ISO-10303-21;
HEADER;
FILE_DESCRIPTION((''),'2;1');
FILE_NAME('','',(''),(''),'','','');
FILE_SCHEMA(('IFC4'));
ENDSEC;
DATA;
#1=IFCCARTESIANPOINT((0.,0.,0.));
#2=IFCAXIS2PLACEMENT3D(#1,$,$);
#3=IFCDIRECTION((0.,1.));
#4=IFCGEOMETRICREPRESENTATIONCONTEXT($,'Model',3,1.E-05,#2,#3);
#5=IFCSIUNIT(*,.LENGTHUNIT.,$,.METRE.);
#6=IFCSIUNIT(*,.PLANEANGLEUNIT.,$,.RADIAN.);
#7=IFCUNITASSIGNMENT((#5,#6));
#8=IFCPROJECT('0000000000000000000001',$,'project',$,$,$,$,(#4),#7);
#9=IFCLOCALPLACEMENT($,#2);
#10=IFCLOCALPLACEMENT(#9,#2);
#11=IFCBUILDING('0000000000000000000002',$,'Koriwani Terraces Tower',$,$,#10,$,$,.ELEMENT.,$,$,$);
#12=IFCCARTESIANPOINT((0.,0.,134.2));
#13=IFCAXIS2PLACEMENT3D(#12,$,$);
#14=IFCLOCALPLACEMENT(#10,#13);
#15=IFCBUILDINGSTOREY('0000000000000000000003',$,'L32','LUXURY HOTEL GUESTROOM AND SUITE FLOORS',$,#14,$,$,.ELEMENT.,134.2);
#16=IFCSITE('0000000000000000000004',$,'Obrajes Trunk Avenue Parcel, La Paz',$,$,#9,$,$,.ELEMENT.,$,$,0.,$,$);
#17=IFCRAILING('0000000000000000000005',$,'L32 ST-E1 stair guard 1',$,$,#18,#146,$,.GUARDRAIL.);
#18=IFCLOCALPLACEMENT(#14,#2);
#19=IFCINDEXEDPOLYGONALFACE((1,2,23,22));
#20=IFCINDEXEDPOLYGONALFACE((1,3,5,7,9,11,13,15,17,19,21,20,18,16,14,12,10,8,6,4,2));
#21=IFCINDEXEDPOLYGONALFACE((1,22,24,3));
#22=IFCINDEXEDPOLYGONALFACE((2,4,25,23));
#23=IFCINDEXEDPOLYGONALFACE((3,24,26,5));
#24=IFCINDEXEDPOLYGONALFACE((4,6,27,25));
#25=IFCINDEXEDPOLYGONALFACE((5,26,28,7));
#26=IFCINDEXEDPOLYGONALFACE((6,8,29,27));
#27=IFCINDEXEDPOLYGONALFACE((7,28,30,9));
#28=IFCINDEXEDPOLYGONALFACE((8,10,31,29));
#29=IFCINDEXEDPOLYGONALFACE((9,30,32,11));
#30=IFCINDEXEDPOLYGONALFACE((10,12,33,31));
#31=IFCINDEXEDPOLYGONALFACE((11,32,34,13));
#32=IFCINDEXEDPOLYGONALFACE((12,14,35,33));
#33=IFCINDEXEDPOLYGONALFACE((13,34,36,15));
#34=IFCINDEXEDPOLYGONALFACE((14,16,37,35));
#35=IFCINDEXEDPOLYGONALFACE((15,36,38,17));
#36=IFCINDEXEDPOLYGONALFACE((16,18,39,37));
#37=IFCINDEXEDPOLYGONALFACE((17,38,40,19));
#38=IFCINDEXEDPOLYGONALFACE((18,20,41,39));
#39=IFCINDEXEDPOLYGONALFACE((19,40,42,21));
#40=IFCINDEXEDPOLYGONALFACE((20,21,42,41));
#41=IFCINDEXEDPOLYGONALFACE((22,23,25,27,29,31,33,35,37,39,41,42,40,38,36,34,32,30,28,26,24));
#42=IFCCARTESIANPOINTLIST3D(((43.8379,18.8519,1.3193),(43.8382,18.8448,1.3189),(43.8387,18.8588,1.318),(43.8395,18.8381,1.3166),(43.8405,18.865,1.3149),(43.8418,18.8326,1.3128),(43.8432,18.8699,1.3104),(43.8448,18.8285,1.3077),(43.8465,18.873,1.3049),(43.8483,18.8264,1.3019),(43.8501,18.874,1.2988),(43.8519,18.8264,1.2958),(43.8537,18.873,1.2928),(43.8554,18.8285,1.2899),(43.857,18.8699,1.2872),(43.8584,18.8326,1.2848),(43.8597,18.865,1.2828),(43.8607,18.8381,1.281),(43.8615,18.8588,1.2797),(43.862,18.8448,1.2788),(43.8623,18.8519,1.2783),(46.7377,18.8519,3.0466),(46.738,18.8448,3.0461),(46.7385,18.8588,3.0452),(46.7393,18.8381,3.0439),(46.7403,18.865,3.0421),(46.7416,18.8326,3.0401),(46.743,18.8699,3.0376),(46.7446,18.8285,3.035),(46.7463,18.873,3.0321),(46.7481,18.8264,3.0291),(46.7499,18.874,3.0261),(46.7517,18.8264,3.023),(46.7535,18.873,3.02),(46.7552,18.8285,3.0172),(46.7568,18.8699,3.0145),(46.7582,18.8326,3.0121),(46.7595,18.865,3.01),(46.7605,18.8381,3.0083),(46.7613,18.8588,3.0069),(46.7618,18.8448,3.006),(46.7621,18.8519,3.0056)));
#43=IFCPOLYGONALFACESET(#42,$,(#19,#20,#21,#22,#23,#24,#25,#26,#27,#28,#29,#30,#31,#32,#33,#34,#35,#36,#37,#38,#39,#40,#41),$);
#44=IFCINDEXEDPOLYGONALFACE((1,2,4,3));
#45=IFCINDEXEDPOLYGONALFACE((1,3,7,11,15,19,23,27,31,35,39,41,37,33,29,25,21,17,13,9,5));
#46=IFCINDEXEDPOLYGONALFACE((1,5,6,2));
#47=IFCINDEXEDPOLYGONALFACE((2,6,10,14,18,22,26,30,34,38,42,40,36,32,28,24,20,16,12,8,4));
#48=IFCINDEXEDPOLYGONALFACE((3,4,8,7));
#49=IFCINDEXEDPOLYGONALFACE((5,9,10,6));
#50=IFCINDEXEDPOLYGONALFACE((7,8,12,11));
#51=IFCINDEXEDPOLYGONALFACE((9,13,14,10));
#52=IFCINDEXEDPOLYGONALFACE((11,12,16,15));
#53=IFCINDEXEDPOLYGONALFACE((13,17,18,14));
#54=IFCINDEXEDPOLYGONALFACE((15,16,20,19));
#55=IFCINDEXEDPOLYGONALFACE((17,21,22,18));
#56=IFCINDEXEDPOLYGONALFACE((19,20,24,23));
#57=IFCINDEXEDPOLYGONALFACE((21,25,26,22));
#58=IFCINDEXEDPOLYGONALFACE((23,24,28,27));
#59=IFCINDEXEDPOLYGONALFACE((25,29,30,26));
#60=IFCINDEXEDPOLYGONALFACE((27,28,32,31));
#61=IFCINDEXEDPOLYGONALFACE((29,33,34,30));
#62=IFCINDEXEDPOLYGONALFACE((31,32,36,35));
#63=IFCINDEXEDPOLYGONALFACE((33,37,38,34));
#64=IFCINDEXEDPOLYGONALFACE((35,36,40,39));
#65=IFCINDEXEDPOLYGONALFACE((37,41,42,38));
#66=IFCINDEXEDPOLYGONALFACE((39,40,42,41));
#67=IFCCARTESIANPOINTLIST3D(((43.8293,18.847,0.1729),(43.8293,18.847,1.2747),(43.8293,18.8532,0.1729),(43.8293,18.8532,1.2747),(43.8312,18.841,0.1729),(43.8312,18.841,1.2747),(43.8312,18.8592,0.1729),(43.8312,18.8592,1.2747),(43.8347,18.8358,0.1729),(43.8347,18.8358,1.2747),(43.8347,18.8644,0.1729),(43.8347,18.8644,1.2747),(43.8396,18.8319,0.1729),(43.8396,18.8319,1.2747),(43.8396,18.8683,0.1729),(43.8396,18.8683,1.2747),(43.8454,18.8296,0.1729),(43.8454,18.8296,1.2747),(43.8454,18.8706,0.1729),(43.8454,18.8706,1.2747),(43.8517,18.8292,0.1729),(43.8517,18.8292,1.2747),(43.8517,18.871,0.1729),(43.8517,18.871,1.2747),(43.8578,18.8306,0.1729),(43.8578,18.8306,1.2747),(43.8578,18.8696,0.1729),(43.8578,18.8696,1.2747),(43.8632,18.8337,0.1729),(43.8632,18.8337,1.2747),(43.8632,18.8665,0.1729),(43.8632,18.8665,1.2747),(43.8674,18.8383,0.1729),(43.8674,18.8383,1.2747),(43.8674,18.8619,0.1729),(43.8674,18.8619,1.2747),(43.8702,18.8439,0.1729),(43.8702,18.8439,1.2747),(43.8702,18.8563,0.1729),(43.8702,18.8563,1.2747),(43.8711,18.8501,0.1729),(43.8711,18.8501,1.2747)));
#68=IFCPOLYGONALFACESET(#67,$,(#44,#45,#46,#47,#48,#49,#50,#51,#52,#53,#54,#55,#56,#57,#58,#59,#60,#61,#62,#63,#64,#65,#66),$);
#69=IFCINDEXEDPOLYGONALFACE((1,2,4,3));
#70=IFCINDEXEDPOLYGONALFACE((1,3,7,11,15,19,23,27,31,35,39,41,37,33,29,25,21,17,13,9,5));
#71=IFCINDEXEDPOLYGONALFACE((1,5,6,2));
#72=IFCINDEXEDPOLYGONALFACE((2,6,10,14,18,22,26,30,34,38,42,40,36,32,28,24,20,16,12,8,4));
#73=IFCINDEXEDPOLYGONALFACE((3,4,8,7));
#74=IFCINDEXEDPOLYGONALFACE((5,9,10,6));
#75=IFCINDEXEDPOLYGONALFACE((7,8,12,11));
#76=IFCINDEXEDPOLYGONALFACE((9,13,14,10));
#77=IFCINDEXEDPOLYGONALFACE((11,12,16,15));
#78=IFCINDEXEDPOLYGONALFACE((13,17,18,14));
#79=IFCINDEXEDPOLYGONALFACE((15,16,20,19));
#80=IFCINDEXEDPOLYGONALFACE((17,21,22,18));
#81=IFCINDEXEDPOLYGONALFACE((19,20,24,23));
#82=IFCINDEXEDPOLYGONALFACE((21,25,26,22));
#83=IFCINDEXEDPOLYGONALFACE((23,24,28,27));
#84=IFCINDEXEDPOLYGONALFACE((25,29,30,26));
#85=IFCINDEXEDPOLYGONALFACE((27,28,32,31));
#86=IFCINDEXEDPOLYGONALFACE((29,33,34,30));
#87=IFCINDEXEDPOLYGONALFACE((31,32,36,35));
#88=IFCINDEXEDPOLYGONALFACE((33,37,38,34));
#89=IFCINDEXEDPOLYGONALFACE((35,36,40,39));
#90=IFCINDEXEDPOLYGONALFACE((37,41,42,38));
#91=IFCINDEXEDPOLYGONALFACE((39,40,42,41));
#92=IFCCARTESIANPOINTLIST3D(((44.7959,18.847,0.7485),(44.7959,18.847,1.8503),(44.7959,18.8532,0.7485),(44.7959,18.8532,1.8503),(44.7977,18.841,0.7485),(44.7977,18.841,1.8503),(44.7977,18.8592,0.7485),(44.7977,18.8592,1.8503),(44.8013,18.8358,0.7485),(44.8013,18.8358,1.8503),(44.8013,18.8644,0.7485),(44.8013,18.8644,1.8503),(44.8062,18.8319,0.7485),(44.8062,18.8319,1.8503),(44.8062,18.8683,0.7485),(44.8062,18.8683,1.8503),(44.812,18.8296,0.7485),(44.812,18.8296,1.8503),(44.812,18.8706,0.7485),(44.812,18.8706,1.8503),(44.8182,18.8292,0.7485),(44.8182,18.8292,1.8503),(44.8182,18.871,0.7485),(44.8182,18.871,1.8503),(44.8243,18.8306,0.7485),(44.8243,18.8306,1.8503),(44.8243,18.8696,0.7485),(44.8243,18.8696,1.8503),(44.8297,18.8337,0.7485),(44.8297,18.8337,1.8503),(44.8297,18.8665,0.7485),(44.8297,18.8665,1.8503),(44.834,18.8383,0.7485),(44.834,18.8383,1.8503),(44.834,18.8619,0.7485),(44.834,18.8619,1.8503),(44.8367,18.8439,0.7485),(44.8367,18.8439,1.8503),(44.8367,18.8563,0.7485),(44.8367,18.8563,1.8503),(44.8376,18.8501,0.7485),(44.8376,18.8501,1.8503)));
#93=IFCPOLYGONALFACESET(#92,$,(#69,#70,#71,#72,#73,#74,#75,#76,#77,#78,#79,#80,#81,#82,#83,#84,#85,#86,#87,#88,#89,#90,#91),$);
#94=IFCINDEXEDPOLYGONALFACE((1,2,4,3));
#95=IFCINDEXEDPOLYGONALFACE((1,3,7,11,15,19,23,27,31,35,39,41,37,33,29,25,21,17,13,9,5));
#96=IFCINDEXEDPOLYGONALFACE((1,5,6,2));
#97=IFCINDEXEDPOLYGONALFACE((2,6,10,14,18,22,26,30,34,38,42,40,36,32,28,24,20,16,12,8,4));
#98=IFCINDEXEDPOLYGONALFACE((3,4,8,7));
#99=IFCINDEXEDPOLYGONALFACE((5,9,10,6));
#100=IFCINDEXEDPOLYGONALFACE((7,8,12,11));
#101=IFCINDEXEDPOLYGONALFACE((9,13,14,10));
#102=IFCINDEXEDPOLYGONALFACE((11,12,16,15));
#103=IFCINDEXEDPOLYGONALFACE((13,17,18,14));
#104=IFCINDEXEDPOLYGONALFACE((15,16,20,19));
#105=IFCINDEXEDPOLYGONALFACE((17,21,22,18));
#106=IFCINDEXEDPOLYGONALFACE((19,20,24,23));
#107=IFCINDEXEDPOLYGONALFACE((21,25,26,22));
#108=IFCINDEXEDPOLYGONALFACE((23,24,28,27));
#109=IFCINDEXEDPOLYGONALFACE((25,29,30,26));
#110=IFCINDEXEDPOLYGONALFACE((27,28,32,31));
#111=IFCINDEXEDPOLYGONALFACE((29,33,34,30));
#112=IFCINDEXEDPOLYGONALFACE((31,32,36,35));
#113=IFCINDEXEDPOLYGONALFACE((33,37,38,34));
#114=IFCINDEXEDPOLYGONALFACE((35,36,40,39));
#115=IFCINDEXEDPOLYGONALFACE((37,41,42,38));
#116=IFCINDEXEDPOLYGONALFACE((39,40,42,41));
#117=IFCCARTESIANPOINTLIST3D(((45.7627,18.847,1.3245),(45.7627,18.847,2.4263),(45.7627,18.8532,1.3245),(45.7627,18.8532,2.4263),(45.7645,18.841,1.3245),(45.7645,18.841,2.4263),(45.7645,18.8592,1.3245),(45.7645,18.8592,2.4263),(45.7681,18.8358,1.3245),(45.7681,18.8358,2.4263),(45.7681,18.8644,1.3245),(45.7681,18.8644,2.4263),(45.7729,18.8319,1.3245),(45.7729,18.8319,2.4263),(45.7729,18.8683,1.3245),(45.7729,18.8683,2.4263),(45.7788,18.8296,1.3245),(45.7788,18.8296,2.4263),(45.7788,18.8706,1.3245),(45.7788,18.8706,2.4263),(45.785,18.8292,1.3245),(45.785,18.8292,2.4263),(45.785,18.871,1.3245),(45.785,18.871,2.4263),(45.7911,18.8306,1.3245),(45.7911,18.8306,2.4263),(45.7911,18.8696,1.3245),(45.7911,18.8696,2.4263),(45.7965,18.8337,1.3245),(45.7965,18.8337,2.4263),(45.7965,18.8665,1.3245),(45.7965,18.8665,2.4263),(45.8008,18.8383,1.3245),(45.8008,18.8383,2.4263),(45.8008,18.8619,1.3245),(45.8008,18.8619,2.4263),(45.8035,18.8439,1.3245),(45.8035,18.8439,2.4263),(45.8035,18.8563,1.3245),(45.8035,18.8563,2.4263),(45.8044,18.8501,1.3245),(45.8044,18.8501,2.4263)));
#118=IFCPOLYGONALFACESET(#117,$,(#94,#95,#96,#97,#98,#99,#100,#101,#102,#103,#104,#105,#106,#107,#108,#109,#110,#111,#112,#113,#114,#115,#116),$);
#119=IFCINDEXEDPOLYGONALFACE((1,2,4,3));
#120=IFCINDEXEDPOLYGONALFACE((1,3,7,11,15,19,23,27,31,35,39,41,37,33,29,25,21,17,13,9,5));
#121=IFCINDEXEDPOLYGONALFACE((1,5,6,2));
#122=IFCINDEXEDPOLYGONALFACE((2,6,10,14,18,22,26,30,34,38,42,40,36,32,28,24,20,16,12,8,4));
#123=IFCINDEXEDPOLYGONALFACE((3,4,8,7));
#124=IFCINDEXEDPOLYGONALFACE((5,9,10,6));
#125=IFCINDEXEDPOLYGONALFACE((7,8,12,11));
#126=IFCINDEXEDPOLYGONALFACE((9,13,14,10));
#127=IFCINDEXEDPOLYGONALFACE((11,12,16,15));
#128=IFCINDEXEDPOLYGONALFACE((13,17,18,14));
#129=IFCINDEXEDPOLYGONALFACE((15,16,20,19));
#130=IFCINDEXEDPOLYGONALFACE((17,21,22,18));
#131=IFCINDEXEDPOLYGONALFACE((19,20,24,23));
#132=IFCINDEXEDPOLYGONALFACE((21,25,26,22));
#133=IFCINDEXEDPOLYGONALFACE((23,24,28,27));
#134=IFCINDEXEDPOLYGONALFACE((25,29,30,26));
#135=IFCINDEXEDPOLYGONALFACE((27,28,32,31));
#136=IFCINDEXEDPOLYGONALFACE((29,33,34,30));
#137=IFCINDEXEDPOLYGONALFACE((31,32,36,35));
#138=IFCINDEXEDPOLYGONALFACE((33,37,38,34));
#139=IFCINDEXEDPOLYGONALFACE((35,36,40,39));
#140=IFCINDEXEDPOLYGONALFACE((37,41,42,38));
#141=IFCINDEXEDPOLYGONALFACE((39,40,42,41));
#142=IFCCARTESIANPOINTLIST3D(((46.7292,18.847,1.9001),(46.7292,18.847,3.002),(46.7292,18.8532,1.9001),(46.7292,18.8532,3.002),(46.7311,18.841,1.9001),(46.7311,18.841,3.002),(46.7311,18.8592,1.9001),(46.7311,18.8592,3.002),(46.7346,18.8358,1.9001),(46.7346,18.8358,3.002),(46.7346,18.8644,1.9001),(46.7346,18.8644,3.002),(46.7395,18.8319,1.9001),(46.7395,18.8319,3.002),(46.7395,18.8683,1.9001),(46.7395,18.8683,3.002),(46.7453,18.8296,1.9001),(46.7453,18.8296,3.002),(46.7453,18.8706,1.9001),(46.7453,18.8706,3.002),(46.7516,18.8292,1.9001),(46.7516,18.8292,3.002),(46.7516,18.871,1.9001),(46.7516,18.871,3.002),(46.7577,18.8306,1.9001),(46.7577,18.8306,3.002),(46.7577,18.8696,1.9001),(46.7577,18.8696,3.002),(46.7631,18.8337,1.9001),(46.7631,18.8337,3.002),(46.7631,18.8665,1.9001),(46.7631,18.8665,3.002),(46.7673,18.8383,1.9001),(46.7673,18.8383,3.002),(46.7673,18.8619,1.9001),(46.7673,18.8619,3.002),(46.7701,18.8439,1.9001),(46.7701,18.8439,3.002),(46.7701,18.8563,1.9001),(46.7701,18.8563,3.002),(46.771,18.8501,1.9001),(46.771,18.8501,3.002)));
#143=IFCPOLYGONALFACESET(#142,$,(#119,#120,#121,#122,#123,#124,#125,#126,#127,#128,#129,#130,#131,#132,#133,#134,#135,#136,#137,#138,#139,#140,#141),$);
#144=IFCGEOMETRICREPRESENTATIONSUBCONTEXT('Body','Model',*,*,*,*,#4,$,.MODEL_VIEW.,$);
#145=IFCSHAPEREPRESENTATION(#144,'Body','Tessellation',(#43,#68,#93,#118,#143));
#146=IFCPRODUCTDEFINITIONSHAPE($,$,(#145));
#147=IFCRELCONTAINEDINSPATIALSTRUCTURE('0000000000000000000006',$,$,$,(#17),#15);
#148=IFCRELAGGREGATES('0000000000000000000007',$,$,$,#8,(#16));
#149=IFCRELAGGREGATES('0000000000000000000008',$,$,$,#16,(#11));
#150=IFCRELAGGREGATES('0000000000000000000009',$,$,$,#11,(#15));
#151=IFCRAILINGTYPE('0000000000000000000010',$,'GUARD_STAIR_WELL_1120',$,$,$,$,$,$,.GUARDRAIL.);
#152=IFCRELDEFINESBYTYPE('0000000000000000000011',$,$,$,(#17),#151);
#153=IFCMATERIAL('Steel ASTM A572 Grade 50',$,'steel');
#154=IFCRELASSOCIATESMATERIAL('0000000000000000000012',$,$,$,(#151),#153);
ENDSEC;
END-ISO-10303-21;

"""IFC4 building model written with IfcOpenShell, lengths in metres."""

from ifc_helpers import new_model, si_unit, direction, frame, origin, origin_2d, place, context, subcontext, project, spatial, circle, extrude, material, type_object, element, save


model = new_model("IFC4")

# Units and contexts
model_context = context("Model", 3, precision=1e-05, world=origin(), true_north=direction((0.0, 1.0)))
body_context = subcontext(model_context, "Body", "Model", "MODEL_VIEW")
ifc_project = project(units=[si_unit("LENGTHUNIT", "METRE"), si_unit("PLANEANGLEUNIT", "RADIAN")], contexts=[model_context])

# Site, building, storey
site_placement = place(None, origin())
site = spatial("IfcSite", under=ifc_project, at=site_placement, Name="Obrajes Trunk Avenue Parcel, La Paz", CompositionType="ELEMENT", RefElevation=0.0)
building_placement = place(site_placement, origin())
building = spatial("IfcBuilding", under=site, at=building_placement, Name="Koriwani Terraces Tower", CompositionType="ELEMENT")
storey_placement = place(building_placement, frame((0.0, 0.0, 134.2)))
storey = spatial("IfcBuildingStorey", under=building, at=storey_placement, Name="L32", Description="LUXURY HOTEL GUESTROOM AND SUITE FLOORS", CompositionType="ELEMENT", Elevation=134.2)

# Shared definitions
ifc_material_1 = material(Name="Steel ASTM A572 Grade 50", Category="steel")

# Railing
railing_type_1 = type_object("IfcRailingType", Name="GUARD_STAIR_WELL_1120", PredefinedType="GUARDRAIL", material=ifc_material_1)
railing_1_placement = place(storey_placement, frame((43.8501, 18.8501, 0.1729)))
element("IfcRailing", 1, at=railing_1_placement, inside=storey, type_object=railing_type_1, Name="L32 ST-E1 stair guard 1", PredefinedType="GUARDRAIL", context=body_context, shape_type="SweptSolid", body=[
    extrude(circle(Radius=0.0239, at=origin_2d()), frame((0.0, 0.0, 1.126), z_axis=(0.859141, 0.0, 0.511738), x_axis=(0.0, 1.0, 0.0)), (0.0, 0.0, 1.0), 3.3752),
    extrude(circle(Radius=0.021, at=origin_2d()), origin(), (0.0, 0.0, 1.0), 1.1018),
    extrude(circle(Radius=0.021, at=origin_2d()), frame((0.9666, 0.0, 0.5757)), (0.0, 0.0, 1.0), 1.1018),
    extrude(circle(Radius=0.021, at=origin_2d()), frame((1.9333, 0.0, 1.1516)), (0.0, 0.0, 1.0), 1.1018),
    extrude(circle(Radius=0.021, at=origin_2d()), frame((2.8999, 0.0, 1.7273)), (0.0, 0.0, 1.0), 1.1018),
])

save(model, "model.ifc")
